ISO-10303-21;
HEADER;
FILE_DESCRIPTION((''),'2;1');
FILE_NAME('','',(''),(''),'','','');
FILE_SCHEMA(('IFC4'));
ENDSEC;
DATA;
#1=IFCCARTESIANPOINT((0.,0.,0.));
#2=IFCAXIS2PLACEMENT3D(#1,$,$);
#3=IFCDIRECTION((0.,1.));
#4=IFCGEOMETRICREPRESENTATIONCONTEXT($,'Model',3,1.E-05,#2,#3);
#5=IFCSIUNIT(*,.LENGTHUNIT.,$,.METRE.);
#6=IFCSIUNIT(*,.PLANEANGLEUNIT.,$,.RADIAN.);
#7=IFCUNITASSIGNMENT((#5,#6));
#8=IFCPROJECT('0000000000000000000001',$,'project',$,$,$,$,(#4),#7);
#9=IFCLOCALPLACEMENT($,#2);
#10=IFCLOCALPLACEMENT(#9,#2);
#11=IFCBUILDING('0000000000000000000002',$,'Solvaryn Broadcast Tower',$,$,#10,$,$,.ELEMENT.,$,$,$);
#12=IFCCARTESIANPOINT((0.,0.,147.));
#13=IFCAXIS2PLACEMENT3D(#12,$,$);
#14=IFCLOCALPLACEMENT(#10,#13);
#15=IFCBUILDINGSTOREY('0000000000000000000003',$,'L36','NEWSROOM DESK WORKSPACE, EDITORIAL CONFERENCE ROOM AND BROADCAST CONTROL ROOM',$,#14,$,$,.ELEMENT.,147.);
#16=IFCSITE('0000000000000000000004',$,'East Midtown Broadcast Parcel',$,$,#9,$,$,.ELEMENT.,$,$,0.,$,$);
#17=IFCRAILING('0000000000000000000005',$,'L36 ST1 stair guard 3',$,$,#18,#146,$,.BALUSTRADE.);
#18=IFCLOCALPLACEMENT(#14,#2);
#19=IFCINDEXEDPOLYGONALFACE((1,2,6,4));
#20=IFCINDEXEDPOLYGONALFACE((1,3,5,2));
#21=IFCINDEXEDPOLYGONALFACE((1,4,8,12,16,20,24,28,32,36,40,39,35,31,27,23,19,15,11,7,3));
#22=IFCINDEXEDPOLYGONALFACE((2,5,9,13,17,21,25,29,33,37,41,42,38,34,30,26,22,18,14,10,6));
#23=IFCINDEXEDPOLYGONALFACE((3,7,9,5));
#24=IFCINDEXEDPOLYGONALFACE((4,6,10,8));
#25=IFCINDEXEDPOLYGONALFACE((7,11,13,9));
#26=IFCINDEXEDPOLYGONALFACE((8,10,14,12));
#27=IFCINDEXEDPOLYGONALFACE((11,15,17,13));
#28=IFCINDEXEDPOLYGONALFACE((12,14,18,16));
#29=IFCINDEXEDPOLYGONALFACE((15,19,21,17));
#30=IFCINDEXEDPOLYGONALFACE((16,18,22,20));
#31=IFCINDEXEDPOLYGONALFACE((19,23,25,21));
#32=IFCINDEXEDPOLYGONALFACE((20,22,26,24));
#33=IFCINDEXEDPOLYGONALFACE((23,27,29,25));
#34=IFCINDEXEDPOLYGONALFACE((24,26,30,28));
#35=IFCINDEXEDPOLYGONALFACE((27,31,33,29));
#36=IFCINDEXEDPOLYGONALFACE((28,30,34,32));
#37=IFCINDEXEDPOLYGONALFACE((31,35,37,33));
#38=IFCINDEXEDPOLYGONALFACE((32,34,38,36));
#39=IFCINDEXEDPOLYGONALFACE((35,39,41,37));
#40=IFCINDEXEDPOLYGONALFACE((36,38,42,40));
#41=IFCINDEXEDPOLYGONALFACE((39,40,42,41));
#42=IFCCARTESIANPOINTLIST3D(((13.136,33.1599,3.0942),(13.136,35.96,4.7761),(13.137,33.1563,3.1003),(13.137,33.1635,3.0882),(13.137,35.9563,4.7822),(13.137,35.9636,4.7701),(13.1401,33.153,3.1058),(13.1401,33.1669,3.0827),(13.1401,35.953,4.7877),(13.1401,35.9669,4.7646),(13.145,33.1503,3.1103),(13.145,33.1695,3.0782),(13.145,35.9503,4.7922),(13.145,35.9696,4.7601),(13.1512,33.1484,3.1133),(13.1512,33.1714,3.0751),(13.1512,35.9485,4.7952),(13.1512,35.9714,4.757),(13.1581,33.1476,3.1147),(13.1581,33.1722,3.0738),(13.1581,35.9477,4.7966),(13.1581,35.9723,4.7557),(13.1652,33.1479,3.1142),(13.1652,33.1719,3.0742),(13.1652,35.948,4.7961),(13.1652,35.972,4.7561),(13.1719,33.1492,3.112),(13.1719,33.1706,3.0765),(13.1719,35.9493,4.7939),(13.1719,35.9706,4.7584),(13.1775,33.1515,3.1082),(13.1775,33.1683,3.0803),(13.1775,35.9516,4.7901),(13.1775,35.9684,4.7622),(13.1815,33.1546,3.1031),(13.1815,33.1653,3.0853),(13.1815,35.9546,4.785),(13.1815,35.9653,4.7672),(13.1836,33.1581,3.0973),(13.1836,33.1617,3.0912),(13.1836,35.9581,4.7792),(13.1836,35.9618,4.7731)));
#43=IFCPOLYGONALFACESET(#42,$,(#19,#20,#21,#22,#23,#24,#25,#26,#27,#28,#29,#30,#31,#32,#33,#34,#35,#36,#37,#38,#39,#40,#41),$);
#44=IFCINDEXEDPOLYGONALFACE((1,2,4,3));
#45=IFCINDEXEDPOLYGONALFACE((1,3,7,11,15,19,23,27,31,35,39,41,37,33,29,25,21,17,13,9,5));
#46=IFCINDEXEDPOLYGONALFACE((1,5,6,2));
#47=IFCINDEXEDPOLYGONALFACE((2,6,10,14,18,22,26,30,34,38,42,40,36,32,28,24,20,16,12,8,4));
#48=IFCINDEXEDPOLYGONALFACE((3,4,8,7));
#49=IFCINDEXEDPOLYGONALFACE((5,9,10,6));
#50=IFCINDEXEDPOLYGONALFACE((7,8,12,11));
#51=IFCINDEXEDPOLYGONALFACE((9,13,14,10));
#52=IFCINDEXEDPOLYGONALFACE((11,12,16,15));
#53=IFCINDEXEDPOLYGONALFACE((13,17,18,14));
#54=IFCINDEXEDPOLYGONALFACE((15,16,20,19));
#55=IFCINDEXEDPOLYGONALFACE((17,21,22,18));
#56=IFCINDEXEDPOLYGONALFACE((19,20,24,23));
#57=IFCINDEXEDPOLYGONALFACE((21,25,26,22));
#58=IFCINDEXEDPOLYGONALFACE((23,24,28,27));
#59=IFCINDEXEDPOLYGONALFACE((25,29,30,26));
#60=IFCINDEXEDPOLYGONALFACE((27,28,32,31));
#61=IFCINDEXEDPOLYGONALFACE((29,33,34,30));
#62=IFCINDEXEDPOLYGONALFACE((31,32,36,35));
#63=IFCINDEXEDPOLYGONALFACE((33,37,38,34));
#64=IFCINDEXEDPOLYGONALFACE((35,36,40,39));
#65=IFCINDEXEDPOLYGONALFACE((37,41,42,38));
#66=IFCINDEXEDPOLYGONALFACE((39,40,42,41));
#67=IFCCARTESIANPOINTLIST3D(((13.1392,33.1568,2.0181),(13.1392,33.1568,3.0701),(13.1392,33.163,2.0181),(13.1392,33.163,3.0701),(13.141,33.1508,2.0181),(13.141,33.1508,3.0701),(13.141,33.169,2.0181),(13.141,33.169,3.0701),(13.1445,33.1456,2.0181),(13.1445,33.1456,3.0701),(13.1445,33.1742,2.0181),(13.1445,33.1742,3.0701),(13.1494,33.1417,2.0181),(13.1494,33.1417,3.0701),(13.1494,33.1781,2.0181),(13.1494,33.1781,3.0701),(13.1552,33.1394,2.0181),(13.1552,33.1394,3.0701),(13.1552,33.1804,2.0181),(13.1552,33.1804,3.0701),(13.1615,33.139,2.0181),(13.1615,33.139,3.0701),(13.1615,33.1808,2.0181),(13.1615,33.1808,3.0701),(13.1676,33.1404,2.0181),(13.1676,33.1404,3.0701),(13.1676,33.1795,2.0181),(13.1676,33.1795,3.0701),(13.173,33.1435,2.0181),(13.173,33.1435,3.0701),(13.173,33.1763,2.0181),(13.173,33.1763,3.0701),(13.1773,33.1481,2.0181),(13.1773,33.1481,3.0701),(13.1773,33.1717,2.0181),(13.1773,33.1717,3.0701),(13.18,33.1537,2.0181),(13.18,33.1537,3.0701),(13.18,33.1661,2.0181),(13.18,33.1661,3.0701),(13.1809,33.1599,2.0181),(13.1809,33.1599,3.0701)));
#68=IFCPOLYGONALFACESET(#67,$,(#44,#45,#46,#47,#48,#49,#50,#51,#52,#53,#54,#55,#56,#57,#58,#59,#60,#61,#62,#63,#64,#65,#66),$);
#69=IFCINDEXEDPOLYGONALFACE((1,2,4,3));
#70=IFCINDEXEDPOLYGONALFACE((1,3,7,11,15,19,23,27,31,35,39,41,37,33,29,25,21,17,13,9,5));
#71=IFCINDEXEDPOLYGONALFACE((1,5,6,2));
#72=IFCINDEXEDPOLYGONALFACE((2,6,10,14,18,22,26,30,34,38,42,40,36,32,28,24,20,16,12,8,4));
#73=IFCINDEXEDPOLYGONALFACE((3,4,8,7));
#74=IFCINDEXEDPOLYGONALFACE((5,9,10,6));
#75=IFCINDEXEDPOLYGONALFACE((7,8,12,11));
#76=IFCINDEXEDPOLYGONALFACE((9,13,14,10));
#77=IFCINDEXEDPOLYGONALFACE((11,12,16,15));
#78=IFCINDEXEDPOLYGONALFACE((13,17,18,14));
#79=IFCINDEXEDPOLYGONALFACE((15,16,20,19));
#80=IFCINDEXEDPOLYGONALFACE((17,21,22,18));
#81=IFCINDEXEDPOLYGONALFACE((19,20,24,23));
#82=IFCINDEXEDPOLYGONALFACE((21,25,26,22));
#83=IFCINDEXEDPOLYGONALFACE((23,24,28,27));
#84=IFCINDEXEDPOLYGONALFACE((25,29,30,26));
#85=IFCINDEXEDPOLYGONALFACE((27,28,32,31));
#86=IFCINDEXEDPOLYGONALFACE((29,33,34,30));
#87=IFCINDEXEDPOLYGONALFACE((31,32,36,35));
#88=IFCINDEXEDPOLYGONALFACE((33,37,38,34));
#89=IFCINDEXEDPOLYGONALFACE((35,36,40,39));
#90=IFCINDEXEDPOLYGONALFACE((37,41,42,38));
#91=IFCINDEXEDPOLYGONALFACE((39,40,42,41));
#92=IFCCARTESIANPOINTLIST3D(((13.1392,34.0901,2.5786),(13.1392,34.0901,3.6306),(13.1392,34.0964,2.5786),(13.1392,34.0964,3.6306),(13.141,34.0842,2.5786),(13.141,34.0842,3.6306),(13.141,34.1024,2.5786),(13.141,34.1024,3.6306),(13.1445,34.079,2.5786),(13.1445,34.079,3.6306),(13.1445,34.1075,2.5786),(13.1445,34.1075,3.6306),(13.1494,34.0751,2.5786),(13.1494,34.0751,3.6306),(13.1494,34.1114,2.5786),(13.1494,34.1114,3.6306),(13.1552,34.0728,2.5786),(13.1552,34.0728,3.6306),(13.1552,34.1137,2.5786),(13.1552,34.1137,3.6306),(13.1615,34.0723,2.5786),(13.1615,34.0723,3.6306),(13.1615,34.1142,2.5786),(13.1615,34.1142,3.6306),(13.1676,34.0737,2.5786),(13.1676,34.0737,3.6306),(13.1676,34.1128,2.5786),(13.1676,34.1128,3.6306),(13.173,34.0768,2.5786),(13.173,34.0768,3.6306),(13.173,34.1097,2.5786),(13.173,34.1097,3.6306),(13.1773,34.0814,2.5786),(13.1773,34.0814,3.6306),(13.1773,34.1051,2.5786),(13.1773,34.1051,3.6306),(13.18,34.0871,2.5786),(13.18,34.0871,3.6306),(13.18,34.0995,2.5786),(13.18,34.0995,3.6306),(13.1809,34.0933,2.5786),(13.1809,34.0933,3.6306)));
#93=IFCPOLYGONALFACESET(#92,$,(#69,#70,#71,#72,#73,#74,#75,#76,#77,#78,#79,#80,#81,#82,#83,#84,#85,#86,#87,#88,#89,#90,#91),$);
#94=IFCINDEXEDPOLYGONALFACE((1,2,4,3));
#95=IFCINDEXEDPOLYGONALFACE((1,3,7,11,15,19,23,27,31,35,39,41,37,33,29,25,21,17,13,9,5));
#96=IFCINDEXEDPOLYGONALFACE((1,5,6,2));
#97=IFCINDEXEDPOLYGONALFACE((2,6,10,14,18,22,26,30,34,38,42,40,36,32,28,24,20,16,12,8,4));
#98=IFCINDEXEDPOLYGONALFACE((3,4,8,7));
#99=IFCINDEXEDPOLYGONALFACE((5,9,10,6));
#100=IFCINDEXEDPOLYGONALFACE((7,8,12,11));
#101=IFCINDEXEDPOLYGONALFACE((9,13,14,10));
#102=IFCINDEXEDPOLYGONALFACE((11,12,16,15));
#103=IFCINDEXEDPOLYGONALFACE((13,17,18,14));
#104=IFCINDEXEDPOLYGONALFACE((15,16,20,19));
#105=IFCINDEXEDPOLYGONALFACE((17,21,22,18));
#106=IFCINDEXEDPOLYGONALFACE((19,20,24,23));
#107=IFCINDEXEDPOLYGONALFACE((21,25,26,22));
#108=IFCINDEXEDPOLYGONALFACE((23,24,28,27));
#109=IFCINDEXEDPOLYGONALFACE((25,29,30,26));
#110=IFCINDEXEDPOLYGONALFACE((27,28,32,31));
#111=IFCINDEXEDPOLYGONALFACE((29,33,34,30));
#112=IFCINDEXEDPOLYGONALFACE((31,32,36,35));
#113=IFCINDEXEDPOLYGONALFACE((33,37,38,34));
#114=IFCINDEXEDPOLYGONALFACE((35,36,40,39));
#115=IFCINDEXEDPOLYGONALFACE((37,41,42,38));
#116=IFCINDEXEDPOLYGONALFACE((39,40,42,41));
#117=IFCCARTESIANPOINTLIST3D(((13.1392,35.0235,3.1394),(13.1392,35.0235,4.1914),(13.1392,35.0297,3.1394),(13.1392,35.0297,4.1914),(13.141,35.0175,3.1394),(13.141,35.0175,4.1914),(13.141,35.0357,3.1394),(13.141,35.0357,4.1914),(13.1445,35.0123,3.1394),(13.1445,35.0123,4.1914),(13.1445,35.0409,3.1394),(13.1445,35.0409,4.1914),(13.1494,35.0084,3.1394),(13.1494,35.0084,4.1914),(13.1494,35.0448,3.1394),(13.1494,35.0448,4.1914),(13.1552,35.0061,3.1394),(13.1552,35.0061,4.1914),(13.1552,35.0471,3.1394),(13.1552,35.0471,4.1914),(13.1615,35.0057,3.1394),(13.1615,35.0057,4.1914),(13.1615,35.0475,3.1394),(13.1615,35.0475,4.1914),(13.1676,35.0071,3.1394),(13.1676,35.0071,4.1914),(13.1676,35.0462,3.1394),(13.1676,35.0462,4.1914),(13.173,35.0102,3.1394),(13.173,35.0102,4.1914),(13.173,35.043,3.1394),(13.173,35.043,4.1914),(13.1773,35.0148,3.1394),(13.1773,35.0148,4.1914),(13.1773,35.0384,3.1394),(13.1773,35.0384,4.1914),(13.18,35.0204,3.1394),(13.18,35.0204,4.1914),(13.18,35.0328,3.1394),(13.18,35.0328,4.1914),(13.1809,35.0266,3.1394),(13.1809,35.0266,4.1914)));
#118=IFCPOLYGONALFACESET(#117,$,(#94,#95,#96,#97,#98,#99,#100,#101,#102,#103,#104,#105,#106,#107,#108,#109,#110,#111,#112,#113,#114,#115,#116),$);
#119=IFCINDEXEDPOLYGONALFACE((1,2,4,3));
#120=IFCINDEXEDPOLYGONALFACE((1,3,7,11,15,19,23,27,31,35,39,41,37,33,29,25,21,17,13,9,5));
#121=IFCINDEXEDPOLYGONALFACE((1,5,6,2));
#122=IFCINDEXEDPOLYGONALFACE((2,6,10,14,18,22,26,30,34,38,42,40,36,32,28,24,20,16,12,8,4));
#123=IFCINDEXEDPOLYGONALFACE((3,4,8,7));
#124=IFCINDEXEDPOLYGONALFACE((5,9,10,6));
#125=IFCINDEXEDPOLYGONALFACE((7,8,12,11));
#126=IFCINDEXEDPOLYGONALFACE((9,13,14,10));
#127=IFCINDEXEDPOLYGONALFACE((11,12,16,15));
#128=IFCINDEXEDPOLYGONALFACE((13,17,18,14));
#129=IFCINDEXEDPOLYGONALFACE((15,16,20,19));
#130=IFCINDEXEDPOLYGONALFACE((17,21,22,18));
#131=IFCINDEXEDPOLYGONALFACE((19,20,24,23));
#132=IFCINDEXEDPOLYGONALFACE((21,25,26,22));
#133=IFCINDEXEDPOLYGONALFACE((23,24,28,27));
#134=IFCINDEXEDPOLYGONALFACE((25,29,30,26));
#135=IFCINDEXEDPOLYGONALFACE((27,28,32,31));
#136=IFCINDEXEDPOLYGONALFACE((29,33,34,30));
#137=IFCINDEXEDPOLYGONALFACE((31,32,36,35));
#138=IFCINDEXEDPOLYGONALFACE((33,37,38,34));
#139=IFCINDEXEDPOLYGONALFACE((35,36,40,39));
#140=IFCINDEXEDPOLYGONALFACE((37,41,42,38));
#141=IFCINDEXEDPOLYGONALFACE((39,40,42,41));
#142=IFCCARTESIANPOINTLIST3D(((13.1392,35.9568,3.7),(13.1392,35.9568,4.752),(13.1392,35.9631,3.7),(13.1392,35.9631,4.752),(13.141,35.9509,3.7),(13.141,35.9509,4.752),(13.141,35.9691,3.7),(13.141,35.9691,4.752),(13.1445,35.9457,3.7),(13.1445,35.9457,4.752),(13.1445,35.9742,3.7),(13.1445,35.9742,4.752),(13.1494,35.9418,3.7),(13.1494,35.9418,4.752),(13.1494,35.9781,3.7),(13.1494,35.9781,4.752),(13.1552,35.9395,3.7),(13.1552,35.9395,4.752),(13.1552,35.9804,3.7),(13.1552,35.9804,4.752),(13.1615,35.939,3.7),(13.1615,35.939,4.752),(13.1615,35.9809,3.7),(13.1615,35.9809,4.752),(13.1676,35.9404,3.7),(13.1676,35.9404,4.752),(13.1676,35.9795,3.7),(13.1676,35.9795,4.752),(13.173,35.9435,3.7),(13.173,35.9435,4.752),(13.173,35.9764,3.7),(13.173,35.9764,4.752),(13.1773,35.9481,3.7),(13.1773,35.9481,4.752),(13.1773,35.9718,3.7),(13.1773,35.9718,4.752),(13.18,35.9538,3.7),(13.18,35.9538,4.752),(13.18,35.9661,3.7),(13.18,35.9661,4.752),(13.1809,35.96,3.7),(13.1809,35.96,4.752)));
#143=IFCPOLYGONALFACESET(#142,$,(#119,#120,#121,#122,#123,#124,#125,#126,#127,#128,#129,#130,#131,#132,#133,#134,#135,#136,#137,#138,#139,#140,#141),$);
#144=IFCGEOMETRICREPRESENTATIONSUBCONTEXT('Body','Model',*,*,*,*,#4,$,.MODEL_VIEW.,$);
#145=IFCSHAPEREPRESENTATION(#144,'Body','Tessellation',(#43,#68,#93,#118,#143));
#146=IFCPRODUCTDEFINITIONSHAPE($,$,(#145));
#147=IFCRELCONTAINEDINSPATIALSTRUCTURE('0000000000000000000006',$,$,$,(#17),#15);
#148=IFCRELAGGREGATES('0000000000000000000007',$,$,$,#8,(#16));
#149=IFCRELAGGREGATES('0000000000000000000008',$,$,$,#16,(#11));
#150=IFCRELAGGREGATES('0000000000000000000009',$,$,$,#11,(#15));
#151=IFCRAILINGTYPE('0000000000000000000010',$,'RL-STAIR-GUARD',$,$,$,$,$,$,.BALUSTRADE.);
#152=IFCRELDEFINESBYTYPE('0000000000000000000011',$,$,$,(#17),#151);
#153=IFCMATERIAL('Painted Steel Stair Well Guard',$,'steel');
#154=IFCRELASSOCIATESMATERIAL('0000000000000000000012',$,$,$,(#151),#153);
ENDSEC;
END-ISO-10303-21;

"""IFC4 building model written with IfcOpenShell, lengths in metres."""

from ifc_helpers import new_model, si_unit, direction, frame, origin, origin_2d, place, context, subcontext, project, spatial, circle, extrude, material, type_object, element, save


model = new_model("IFC4")

# Units and contexts
model_context = context("Model", 3, precision=1e-05, world=origin(), true_north=direction((0.0, 1.0)))
body_context = subcontext(model_context, "Body", "Model", "MODEL_VIEW")
ifc_project = project(units=[si_unit("LENGTHUNIT", "METRE"), si_unit("PLANEANGLEUNIT", "RADIAN")], contexts=[model_context])

# Site, building, storey
site_placement = place(None, origin())
site = spatial("IfcSite", under=ifc_project, at=site_placement, Name="East Midtown Broadcast Parcel", CompositionType="ELEMENT", RefElevation=0.0)
building_placement = place(site_placement, origin())
building = spatial("IfcBuilding", under=site, at=building_placement, Name="Solvaryn Broadcast Tower", CompositionType="ELEMENT")
storey_placement = place(building_placement, frame((0.0, 0.0, 147.0)))
storey = spatial("IfcBuildingStorey", under=building, at=storey_placement, Name="L36", Description="NEWSROOM DESK WORKSPACE, EDITORIAL CONFERENCE ROOM AND BROADCAST CONTROL ROOM", CompositionType="ELEMENT", Elevation=147.0)

# Railing
ifc_material_1 = material(Name="Painted Steel Stair Well Guard", Category="steel")
railing_type_1 = type_object("IfcRailingType", Name="RL-STAIR-GUARD", PredefinedType="BALUSTRADE", material=ifc_material_1)
railing_1_placement = place(storey_placement, frame((13.1599, 33.1599, 2.0181)))
element("IfcRailing", 1, at=railing_1_placement, inside=storey, type_object=railing_type_1, Name="L36 ST1 stair guard 3", PredefinedType="BALUSTRADE", context=body_context, shape_type="SweptSolid", body=[
    extrude(circle(Radius=0.0239, at=origin_2d()), frame((0.0, 0.0, 1.0762), z_axis=(0.0, 0.857242, 0.514913), x_axis=(-1.0, 0.0, 0.0)), (0.0, 0.0, 1.0), 3.2664),
    extrude(circle(Radius=0.021, at=origin_2d()), origin(), (0.0, 0.0, 1.0), 1.052),
    extrude(circle(Radius=0.021, at=origin_2d()), frame((0.0, 0.9333, 0.5605)), (0.0, 0.0, 1.0), 1.052),
    extrude(circle(Radius=0.021, at=origin_2d()), frame((0.0, 1.8667, 1.1213)), (0.0, 0.0, 1.0), 1.052),
    extrude(circle(Radius=0.021, at=origin_2d()), frame((0.0, 2.8, 1.6819)), (0.0, 0.0, 1.0), 1.052),
])

save(model, "model.ifc")
